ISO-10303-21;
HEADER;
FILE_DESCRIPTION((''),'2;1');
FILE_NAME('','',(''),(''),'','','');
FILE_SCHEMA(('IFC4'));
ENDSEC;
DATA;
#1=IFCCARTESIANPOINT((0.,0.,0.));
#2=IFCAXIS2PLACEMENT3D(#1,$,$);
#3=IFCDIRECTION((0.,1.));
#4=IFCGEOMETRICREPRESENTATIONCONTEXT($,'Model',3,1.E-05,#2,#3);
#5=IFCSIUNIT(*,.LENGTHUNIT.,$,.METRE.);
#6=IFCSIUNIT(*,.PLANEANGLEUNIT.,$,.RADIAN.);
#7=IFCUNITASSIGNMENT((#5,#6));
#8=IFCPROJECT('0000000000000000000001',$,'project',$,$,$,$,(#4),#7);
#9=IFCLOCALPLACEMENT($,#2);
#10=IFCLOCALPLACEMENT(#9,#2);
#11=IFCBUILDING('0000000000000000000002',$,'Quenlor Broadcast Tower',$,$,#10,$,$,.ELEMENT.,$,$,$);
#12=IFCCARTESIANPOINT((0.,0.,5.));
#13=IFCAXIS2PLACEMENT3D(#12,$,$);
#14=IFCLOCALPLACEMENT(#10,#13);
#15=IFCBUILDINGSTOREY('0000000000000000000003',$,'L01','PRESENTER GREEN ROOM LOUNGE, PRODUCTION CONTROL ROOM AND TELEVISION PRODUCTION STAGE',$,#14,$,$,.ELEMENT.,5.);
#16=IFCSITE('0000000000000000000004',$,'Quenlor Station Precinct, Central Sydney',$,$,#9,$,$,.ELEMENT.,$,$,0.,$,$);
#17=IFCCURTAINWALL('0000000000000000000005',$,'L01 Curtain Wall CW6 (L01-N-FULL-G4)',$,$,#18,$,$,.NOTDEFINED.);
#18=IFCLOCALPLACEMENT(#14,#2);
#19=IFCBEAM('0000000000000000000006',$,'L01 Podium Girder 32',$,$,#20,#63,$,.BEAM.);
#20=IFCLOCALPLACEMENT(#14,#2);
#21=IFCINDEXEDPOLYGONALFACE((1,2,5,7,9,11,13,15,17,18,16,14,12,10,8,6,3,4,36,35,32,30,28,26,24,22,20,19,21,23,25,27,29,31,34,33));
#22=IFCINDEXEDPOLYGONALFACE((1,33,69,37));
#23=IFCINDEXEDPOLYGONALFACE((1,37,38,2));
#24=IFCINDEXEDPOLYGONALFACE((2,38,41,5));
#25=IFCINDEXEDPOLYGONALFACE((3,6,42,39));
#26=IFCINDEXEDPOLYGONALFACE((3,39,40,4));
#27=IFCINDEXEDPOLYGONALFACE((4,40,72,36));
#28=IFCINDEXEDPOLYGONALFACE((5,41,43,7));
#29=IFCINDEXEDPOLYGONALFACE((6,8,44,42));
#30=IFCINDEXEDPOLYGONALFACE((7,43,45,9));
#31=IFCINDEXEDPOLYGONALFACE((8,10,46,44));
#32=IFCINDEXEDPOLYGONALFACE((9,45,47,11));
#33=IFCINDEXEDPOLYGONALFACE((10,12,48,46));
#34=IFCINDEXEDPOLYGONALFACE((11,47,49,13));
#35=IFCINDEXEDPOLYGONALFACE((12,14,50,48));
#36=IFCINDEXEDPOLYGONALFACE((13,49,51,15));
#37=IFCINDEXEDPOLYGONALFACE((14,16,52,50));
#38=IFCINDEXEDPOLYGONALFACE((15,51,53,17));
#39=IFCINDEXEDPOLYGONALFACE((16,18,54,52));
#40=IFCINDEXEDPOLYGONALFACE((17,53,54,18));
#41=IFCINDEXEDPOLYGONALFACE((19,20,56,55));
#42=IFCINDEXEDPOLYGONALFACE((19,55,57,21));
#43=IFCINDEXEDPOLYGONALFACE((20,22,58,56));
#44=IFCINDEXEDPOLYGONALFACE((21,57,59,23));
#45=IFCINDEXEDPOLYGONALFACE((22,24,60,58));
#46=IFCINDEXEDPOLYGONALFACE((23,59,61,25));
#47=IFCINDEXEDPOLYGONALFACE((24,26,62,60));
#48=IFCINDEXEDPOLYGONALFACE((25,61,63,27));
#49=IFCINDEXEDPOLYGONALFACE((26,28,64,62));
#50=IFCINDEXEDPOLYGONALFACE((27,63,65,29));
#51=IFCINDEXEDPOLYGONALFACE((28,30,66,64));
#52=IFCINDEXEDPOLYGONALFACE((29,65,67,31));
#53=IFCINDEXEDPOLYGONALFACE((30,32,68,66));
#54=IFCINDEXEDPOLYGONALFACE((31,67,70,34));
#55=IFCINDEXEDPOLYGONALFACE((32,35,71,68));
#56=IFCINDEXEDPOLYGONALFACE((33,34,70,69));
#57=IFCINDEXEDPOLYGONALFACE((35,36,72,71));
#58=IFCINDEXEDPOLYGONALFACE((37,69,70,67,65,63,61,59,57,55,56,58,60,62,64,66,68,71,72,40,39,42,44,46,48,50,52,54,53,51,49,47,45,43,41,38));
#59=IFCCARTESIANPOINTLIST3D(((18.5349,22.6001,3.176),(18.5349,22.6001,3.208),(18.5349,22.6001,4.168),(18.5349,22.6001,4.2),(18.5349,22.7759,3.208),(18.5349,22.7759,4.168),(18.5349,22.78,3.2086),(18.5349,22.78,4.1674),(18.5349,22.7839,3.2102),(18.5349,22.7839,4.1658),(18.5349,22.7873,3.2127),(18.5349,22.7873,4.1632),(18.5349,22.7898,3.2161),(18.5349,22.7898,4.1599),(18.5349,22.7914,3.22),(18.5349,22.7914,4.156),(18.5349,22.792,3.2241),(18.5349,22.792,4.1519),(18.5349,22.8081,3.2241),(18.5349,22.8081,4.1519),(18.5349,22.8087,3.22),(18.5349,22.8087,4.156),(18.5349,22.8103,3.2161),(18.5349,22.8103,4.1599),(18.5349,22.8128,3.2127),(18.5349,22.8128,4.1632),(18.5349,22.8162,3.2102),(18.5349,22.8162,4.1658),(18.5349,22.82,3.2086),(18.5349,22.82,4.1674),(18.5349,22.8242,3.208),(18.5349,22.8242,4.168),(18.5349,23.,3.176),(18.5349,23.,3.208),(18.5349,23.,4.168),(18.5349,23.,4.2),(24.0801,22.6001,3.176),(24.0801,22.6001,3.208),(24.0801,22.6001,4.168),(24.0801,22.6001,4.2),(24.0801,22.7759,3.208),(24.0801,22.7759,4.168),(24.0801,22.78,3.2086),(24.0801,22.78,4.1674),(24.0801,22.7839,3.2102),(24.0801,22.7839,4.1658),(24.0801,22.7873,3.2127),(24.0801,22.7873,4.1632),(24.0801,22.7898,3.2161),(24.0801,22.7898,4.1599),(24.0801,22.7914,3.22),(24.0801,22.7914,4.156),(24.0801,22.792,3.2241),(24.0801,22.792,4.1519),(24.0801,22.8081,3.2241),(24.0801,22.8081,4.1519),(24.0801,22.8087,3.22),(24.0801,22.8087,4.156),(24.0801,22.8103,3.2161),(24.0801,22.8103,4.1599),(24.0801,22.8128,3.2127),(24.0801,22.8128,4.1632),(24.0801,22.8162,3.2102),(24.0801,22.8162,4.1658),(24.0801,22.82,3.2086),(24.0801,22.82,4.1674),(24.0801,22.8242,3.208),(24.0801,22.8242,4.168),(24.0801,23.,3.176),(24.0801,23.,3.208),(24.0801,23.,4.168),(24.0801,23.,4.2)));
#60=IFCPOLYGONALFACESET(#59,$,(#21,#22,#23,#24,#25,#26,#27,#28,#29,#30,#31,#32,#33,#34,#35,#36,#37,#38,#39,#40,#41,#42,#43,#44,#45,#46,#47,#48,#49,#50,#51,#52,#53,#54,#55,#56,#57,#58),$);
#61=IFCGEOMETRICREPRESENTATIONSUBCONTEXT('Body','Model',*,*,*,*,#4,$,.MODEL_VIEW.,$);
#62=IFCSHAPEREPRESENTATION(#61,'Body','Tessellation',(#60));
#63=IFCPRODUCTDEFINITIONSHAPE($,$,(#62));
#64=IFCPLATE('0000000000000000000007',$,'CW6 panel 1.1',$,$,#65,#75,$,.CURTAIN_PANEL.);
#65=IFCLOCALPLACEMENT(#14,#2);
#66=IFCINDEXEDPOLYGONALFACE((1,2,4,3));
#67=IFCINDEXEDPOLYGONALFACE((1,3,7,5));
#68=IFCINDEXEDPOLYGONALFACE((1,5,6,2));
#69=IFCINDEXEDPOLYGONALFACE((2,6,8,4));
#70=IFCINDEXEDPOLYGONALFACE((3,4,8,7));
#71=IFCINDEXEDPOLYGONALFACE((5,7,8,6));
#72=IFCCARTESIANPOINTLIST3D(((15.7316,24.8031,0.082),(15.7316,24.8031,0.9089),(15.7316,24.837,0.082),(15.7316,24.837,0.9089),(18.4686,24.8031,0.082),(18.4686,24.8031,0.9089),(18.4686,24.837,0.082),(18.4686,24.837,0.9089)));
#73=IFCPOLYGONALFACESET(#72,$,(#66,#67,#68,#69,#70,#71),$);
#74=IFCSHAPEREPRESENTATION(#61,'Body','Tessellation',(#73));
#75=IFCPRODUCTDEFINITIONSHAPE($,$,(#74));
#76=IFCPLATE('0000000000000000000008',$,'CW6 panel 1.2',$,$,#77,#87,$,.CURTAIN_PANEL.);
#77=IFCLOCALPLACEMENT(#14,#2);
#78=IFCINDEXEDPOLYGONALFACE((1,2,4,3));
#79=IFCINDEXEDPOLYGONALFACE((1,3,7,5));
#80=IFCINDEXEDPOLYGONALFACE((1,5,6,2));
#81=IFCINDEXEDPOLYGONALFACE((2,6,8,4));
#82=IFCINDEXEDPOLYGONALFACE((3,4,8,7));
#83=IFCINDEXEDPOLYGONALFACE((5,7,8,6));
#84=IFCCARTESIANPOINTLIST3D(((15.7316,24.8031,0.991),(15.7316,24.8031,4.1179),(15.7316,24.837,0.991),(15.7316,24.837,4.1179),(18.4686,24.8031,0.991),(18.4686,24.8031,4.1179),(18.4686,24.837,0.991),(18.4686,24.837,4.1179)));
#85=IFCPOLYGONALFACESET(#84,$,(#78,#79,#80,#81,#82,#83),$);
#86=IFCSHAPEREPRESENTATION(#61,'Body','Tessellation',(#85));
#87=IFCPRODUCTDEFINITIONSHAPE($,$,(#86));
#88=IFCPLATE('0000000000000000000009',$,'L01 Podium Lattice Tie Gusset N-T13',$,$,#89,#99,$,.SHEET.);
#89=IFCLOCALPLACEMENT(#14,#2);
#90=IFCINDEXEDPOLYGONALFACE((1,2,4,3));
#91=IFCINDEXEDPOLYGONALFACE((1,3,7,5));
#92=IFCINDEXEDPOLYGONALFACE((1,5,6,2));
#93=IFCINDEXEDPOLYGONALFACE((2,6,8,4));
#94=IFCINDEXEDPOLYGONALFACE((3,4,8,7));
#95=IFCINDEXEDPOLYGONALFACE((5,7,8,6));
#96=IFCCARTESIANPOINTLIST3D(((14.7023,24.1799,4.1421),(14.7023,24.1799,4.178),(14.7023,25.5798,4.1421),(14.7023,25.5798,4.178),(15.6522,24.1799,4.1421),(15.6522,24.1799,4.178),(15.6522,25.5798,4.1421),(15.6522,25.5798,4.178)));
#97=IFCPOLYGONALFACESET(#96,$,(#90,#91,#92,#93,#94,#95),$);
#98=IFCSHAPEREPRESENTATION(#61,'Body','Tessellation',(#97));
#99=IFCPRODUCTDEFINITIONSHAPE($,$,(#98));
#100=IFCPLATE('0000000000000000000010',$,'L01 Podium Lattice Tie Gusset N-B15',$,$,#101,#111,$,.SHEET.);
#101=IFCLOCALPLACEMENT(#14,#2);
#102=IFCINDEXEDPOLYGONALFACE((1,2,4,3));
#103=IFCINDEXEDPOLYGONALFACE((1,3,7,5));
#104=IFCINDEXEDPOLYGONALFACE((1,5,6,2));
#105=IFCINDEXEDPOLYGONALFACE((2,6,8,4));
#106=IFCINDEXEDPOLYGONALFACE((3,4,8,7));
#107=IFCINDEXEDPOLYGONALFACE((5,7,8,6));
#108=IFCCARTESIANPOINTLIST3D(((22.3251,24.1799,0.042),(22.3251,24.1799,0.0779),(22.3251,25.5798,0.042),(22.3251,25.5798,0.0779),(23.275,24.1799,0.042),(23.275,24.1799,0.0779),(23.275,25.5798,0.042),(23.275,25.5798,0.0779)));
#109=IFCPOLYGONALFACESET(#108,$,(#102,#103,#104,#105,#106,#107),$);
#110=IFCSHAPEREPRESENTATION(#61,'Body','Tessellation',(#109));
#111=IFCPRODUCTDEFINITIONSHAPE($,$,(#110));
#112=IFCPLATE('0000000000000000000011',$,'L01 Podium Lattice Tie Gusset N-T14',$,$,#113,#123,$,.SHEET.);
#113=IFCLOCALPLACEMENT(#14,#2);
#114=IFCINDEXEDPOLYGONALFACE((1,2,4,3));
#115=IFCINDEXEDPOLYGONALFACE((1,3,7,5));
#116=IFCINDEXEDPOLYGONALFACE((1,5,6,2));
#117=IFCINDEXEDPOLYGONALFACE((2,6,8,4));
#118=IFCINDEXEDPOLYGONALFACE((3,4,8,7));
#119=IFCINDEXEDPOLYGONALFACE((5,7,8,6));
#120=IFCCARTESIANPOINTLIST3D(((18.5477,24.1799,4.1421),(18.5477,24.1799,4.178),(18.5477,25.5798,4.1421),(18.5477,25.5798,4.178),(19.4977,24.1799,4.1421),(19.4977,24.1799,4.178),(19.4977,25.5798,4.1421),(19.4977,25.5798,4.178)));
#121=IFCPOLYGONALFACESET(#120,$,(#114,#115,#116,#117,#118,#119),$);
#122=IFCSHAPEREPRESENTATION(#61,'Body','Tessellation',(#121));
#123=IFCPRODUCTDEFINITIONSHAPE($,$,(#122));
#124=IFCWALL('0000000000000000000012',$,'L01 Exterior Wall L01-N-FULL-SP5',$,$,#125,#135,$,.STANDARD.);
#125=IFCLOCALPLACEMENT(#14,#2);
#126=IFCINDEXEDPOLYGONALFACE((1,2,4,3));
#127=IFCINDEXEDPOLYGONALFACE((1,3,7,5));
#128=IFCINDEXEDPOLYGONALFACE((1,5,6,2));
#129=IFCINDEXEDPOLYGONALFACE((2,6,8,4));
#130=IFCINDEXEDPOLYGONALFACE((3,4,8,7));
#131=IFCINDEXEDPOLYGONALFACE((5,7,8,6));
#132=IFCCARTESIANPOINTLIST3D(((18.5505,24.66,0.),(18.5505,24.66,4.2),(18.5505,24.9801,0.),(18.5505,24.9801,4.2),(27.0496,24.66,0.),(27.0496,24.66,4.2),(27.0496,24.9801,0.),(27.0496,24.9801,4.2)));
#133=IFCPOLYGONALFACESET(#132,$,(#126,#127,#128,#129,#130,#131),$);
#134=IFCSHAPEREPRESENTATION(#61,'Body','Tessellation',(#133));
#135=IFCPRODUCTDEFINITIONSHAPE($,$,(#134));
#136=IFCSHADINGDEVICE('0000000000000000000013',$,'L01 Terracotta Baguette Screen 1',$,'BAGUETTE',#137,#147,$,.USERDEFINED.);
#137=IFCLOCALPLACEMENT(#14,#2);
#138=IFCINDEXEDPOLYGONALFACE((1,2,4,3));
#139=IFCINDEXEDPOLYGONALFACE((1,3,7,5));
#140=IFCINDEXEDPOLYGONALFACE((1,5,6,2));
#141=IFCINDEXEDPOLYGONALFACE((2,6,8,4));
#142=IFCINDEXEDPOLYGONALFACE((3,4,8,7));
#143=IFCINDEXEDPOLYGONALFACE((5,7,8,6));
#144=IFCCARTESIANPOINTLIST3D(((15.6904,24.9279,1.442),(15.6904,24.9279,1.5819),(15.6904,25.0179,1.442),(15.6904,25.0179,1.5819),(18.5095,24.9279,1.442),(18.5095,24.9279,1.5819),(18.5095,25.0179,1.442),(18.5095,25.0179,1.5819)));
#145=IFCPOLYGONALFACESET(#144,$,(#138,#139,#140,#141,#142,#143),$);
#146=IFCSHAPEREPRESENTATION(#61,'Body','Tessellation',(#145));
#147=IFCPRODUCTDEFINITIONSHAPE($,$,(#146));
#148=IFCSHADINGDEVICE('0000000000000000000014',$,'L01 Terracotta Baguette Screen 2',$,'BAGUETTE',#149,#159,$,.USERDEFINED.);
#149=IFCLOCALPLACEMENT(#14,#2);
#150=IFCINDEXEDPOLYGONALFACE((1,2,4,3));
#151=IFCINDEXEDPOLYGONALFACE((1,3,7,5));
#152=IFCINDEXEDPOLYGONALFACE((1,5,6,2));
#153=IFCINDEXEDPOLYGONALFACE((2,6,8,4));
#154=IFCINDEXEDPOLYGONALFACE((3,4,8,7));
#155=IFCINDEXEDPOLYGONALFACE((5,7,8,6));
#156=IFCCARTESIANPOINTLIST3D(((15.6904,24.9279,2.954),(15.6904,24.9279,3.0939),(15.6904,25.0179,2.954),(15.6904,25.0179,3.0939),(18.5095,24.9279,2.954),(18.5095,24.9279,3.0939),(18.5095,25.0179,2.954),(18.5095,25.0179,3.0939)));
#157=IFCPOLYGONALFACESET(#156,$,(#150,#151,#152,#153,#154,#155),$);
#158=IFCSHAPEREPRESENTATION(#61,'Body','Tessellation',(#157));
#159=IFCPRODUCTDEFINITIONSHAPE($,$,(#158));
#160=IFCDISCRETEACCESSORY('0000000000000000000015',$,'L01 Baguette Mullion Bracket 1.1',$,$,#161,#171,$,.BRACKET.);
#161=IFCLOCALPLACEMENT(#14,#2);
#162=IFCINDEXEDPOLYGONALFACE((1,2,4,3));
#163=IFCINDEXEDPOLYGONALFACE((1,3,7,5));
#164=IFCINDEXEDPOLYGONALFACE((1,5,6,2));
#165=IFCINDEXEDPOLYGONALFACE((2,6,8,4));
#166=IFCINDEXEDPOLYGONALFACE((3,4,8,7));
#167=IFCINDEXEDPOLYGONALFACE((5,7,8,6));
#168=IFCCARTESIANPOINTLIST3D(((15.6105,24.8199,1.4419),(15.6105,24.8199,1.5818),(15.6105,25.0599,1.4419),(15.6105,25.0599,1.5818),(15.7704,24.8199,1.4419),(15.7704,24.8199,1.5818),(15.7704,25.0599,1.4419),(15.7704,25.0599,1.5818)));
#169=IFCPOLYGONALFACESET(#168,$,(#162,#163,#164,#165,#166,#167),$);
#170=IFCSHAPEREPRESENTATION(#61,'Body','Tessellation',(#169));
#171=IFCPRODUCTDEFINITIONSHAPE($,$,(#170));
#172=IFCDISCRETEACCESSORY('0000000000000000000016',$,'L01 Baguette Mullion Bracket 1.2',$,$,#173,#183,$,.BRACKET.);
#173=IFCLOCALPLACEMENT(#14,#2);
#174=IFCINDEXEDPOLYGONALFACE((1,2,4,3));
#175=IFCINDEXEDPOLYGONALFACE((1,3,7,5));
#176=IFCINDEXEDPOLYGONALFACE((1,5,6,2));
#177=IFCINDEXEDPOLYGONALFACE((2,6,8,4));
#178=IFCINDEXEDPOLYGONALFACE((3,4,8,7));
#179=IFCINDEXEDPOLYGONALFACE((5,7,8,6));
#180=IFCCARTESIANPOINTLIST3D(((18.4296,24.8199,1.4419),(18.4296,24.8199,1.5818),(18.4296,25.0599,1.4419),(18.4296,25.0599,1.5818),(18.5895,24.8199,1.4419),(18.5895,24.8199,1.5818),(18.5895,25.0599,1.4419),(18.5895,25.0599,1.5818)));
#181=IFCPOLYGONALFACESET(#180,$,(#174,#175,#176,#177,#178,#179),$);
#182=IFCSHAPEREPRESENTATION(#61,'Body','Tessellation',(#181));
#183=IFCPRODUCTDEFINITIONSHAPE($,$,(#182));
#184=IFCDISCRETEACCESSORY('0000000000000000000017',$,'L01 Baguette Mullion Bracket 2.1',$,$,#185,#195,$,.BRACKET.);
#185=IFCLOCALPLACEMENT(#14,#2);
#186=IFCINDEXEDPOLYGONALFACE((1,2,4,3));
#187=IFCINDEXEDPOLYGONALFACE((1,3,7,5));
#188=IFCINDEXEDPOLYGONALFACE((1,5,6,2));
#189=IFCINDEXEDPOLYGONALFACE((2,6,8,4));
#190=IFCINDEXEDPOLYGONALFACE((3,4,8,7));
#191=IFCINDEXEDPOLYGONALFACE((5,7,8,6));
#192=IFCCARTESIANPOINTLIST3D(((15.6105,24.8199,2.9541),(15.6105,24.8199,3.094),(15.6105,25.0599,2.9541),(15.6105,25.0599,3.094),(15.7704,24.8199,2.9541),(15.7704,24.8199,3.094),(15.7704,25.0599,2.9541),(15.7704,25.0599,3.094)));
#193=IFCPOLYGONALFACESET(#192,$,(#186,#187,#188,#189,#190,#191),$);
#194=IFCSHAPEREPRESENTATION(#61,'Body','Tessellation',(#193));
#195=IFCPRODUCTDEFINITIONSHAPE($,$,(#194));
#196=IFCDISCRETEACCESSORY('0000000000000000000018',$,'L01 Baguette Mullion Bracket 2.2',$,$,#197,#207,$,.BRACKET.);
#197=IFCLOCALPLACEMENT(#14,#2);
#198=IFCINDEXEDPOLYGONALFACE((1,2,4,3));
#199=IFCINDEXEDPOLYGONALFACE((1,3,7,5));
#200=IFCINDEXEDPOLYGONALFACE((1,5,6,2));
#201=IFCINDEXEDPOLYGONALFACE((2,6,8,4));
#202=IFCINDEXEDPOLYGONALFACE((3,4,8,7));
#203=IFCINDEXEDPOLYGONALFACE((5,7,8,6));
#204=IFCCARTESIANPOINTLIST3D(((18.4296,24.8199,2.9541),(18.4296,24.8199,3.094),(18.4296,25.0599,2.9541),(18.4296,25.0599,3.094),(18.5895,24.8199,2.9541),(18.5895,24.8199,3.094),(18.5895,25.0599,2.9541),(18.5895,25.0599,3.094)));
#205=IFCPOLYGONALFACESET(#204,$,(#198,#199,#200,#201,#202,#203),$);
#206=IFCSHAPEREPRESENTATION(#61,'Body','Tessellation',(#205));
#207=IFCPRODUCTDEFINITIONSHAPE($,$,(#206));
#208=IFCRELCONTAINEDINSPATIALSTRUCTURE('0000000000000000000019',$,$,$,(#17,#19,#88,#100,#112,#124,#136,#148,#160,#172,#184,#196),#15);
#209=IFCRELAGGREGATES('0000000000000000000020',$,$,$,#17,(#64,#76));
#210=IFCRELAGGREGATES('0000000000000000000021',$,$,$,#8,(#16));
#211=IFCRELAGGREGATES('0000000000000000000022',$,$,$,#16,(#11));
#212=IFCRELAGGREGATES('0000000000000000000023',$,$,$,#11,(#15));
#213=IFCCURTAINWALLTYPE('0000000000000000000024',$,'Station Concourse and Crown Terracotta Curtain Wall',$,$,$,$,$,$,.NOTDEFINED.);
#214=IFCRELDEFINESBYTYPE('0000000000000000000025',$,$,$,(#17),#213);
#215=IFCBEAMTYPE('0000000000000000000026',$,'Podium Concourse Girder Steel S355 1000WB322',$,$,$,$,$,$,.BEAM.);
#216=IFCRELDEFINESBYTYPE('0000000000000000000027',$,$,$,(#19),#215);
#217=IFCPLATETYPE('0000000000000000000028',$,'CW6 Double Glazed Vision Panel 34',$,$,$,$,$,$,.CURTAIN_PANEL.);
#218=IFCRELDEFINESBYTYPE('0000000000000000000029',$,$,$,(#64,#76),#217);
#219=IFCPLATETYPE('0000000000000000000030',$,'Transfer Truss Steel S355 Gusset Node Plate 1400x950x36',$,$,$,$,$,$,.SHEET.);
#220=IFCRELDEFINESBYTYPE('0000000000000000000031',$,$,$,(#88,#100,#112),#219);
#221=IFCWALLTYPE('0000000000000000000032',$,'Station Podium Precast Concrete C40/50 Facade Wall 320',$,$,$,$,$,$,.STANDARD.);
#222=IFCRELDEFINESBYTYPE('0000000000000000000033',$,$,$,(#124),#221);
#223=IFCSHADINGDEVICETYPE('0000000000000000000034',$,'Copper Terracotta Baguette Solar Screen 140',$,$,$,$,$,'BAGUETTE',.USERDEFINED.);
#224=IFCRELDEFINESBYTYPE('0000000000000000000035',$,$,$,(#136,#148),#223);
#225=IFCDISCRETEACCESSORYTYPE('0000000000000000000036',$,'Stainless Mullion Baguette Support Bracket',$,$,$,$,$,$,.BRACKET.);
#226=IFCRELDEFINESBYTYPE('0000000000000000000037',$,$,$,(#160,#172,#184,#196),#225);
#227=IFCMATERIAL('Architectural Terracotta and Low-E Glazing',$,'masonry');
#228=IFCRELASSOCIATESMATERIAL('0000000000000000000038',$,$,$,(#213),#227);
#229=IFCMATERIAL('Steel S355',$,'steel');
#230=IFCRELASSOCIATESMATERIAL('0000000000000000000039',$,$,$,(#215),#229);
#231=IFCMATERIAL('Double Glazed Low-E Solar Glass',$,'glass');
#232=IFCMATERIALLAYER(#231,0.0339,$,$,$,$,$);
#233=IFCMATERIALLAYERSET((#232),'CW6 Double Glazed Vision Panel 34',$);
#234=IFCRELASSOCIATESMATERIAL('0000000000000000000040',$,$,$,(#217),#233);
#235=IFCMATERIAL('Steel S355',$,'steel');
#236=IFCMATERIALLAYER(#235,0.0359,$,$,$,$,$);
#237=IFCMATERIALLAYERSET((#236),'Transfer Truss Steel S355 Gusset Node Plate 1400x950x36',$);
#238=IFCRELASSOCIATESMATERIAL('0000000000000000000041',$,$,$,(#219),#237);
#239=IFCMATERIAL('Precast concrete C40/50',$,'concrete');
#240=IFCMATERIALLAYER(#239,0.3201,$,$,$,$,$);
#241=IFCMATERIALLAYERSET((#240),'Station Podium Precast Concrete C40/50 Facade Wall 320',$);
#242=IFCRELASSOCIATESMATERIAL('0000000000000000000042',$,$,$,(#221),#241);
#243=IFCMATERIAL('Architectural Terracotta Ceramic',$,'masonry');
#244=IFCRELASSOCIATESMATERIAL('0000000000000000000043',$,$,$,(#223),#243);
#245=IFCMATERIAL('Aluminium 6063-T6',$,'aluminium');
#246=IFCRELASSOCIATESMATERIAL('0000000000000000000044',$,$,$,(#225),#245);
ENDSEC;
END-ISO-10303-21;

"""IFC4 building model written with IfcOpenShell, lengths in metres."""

from ifc_helpers import new_model, si_unit, direction, frame, frame_2d, origin, origin_2d, place, context, subcontext, project, spatial, rectangle, i_section, extrude, material, layer, layer_set, material_profile, profile_set, type_object, element, aggregate, save


model = new_model("IFC4")

# Units and contexts
model_context = context("Model", 3, precision=1e-05, world=origin(), true_north=direction((0.0, 1.0)))
body_context = subcontext(model_context, "Body", "Model", "MODEL_VIEW")
ifc_project = project(units=[si_unit("LENGTHUNIT", "METRE"), si_unit("PLANEANGLEUNIT", "RADIAN")], contexts=[model_context])

# Site, building, storey
site_placement = place(None, origin())
site = spatial("IfcSite", under=ifc_project, at=site_placement, Name="Quenlor Station Precinct, Central Sydney", CompositionType="ELEMENT", RefElevation=0.0)
building_placement = place(site_placement, origin())
building = spatial("IfcBuilding", under=site, at=building_placement, Name="Quenlor Broadcast Tower", CompositionType="ELEMENT")
storey_placement = place(building_placement, frame((0.0, 0.0, 5.0)))
storey = spatial("IfcBuildingStorey", under=building, at=storey_placement, Name="L01", Description="PRESENTER GREEN ROOM LOUNGE, PRODUCTION CONTROL ROOM AND TELEVISION PRODUCTION STAGE", CompositionType="ELEMENT", Elevation=5.0)

# Curtain wall
ifc_material_1 = material(Name="Architectural Terracotta and Low-E Glazing", Category="masonry")
curtain_wall_type = type_object("IfcCurtainWallType", Name="Station Concourse and Crown Terracotta Curtain Wall", PredefinedType="NOTDEFINED", material=ifc_material_1)
curtain_wall_placement = place(storey_placement, origin())
curtain_wall = element("IfcCurtainWall", 1, at=curtain_wall_placement, inside=storey, type_object=curtain_wall_type, Name="L01 Curtain Wall CW6 (L01-N-FULL-G4)", PredefinedType="NOTDEFINED")

# Beam
ifc_material_2 = material(Name="Steel S355", Category="steel")
ifc_material_profile_1 = material_profile(ifc_material_2, i_section(OverallWidth=0.3999, OverallDepth=1.0239, WebThickness=0.0161, FlangeThickness=0.032, FilletRadius=0.0161, at=origin_2d()))
ifc_profile_set_1 = profile_set([ifc_material_profile_1], Name="Steel S355 1000WB322")
beam_type = type_object("IfcBeamType", Name="Podium Concourse Girder Steel S355 1000WB322", PredefinedType="BEAM", material=ifc_profile_set_1)
beam_placement = place(storey_placement, frame((18.5349, 22.8, 3.688), z_axis=(1.0, 0.0, 0.0), x_axis=(0.0, 1.0, 0.0)))
element("IfcBeam", 2, at=beam_placement, inside=storey, type_object=beam_type, Name="L01 Podium Girder 32", PredefinedType="BEAM", context=body_context, shape_type="SweptSolid", body=[
    extrude(i_section(OverallWidth=0.3999, OverallDepth=1.0239, WebThickness=0.0161, FlangeThickness=0.032, FilletRadius=0.0161, at=origin_2d()), origin(), (0.0, 0.0, 1.0), 5.5452),
])

# Plates
ifc_material_3 = material(Name="Double Glazed Low-E Solar Glass", Category="glass")
ifc_layer_1 = layer(ifc_material_3, 0.0339)
ifc_layer_set_1 = layer_set([ifc_layer_1], Name="CW6 Double Glazed Vision Panel 34")
plate_type_1 = type_object("IfcPlateType", Name="CW6 Double Glazed Vision Panel 34", PredefinedType="CURTAIN_PANEL", material=ifc_layer_set_1)
plate_1_placement = place(storey_placement, frame((17.1001, 24.8201, 0.082), z_axis=(0.0, 0.0, 1.0), x_axis=(1.0, 0.0, 0.0)))
plate_1 = element("IfcPlate", 3, at=plate_1_placement, type_object=plate_type_1, Name="CW6 panel 1.1", PredefinedType="CURTAIN_PANEL", context=body_context, shape_type="SweptSolid", body=[
    extrude(rectangle(XDim=2.7371, YDim=0.0339, at=origin_2d()), origin(), (0.0, 0.0, 1.0), 0.8269),
])
plate_2_placement = place(storey_placement, frame((17.1001, 24.8201, 0.991), z_axis=(0.0, 0.0, 1.0), x_axis=(1.0, 0.0, 0.0)))
plate_2 = element("IfcPlate", 4, at=plate_2_placement, type_object=plate_type_1, Name="CW6 panel 1.2", PredefinedType="CURTAIN_PANEL", context=body_context, shape_type="SweptSolid", body=[
    extrude(rectangle(XDim=2.7371, YDim=0.0339, at=origin_2d()), origin(), (0.0, 0.0, 1.0), 3.127),
])
aggregate(curtain_wall, [plate_1, plate_2])

# Plates
ifc_material_4 = material(Name="Steel S355", Category="steel")
ifc_layer_2 = layer(ifc_material_4, 0.0359)
ifc_layer_set_2 = layer_set([ifc_layer_2], Name="Transfer Truss Steel S355 Gusset Node Plate 1400x950x36")
plate_type_2 = type_object("IfcPlateType", Name="Transfer Truss Steel S355 Gusset Node Plate 1400x950x36", PredefinedType="SHEET", material=ifc_layer_set_2)
for number, where, z_axis, x_axis, name in (
    (5, (15.1772, 24.8799, 4.1421), (0.0, 0.0, 1.0), (0.0, 1.0, 0.0), "L01 Podium Lattice Tie Gusset N-T13"),
    (6, (22.8, 24.8799, 0.042), (0.0, 0.0, 1.0), (0.0, 1.0, 0.0), "L01 Podium Lattice Tie Gusset N-B15"),
    (7, (19.0227, 24.8799, 4.1421), (0.0, 0.0, 1.0), (0.0, 1.0, 0.0), "L01 Podium Lattice Tie Gusset N-T14"),
):
    element("IfcPlate", number, at=place(storey_placement, frame(where, z_axis=z_axis, x_axis=x_axis)), inside=storey, type_object=plate_type_2, Name=name, PredefinedType="SHEET", context=body_context, shape_type="SweptSolid", body=[
        extrude(rectangle(XDim=1.3999, YDim=0.95, at=origin_2d()), origin(), (0.0, 0.0, 1.0), 0.0359),
    ])

# Wall
ifc_material_5 = material(Name="Precast concrete C40/50", Category="concrete")
ifc_layer_3 = layer(ifc_material_5, 0.3201)
ifc_layer_set_3 = layer_set([ifc_layer_3], Name="Station Podium Precast Concrete C40/50 Facade Wall 320")
wall_type = type_object("IfcWallType", Name="Station Podium Precast Concrete C40/50 Facade Wall 320", PredefinedType="STANDARD", material=ifc_layer_set_3)
wall_placement = place(storey_placement, frame((18.5505, 24.8201, 0.0), z_axis=(0.0, 0.0, 1.0), x_axis=(1.0, 0.0, 0.0)))
element("IfcWall", 8, at=wall_placement, inside=storey, type_object=wall_type, Name="L01 Exterior Wall L01-N-FULL-SP5", PredefinedType="STANDARD", context=body_context, shape_type="SweptSolid", body=[
    extrude(rectangle(XDim=8.499, YDim=0.3201, at=frame_2d((4.2495, 0.0))), origin(), (0.0, 0.0, 1.0), 4.2),
])

# Shading devices
ifc_material_6 = material(Name="Architectural Terracotta Ceramic", Category="masonry")
ifc_material_profile_2 = material_profile(ifc_material_6, rectangle(XDim=0.0901, YDim=0.1399, at=origin_2d()))
ifc_profile_set_2 = profile_set([ifc_material_profile_2], Name="Architectural Terracotta Ceramic BAG90x140")
shading_device_type = type_object("IfcShadingDeviceType", Name="Copper Terracotta Baguette Solar Screen 140", ElementType="BAGUETTE", PredefinedType="USERDEFINED", material=ifc_profile_set_2)
for number, where, z_axis, x_axis, name in (
    (9, (15.6904, 24.9729, 1.512), (1.0, 0.0, 0.0), (0.0, 1.0, 0.0), "L01 Terracotta Baguette Screen 1"),
    (10, (15.6904, 24.9729, 3.0239), (1.0, 0.0, 0.0), (0.0, 1.0, 0.0), "L01 Terracotta Baguette Screen 2"),
):
    element("IfcShadingDevice", number, at=place(storey_placement, frame(where, z_axis=z_axis, x_axis=x_axis)), inside=storey, type_object=shading_device_type, Name=name, ObjectType="BAGUETTE", PredefinedType="USERDEFINED", context=body_context, shape_type="SweptSolid", body=[
        extrude(rectangle(XDim=0.0901, YDim=0.1399, at=origin_2d()), origin(), (0.0, 0.0, 1.0), 2.8191),
    ])

# Discrete accessories
ifc_material_7 = material(Name="Aluminium 6063-T6", Category="aluminium")
discrete_accessory_type = type_object("IfcDiscreteAccessoryType", Name="Stainless Mullion Baguette Support Bracket", PredefinedType="BRACKET", material=ifc_material_7)
for number, where, z_axis, x_axis, name in (
    (11, (15.6904, 24.9399, 1.4419), (0.0, 0.0, 1.0), (1.0, 0.0, 0.0), "L01 Baguette Mullion Bracket 1.1"),
    (12, (18.5095, 24.9399, 1.4419), (0.0, 0.0, 1.0), (1.0, 0.0, 0.0), "L01 Baguette Mullion Bracket 1.2"),
    (13, (15.6904, 24.9399, 2.9541), (0.0, 0.0, 1.0), (1.0, 0.0, 0.0), "L01 Baguette Mullion Bracket 2.1"),
    (14, (18.5095, 24.9399, 2.9541), (0.0, 0.0, 1.0), (1.0, 0.0, 0.0), "L01 Baguette Mullion Bracket 2.2"),
):
    element("IfcDiscreteAccessory", number, at=place(storey_placement, frame(where, z_axis=z_axis, x_axis=x_axis)), inside=storey, type_object=discrete_accessory_type, Name=name, PredefinedType="BRACKET", context=body_context, shape_type="SweptSolid", body=[
        extrude(rectangle(XDim=0.1599, YDim=0.24, at=origin_2d()), origin(), (0.0, 0.0, 1.0), 0.1399),
    ])

save(model, "model.ifc")
